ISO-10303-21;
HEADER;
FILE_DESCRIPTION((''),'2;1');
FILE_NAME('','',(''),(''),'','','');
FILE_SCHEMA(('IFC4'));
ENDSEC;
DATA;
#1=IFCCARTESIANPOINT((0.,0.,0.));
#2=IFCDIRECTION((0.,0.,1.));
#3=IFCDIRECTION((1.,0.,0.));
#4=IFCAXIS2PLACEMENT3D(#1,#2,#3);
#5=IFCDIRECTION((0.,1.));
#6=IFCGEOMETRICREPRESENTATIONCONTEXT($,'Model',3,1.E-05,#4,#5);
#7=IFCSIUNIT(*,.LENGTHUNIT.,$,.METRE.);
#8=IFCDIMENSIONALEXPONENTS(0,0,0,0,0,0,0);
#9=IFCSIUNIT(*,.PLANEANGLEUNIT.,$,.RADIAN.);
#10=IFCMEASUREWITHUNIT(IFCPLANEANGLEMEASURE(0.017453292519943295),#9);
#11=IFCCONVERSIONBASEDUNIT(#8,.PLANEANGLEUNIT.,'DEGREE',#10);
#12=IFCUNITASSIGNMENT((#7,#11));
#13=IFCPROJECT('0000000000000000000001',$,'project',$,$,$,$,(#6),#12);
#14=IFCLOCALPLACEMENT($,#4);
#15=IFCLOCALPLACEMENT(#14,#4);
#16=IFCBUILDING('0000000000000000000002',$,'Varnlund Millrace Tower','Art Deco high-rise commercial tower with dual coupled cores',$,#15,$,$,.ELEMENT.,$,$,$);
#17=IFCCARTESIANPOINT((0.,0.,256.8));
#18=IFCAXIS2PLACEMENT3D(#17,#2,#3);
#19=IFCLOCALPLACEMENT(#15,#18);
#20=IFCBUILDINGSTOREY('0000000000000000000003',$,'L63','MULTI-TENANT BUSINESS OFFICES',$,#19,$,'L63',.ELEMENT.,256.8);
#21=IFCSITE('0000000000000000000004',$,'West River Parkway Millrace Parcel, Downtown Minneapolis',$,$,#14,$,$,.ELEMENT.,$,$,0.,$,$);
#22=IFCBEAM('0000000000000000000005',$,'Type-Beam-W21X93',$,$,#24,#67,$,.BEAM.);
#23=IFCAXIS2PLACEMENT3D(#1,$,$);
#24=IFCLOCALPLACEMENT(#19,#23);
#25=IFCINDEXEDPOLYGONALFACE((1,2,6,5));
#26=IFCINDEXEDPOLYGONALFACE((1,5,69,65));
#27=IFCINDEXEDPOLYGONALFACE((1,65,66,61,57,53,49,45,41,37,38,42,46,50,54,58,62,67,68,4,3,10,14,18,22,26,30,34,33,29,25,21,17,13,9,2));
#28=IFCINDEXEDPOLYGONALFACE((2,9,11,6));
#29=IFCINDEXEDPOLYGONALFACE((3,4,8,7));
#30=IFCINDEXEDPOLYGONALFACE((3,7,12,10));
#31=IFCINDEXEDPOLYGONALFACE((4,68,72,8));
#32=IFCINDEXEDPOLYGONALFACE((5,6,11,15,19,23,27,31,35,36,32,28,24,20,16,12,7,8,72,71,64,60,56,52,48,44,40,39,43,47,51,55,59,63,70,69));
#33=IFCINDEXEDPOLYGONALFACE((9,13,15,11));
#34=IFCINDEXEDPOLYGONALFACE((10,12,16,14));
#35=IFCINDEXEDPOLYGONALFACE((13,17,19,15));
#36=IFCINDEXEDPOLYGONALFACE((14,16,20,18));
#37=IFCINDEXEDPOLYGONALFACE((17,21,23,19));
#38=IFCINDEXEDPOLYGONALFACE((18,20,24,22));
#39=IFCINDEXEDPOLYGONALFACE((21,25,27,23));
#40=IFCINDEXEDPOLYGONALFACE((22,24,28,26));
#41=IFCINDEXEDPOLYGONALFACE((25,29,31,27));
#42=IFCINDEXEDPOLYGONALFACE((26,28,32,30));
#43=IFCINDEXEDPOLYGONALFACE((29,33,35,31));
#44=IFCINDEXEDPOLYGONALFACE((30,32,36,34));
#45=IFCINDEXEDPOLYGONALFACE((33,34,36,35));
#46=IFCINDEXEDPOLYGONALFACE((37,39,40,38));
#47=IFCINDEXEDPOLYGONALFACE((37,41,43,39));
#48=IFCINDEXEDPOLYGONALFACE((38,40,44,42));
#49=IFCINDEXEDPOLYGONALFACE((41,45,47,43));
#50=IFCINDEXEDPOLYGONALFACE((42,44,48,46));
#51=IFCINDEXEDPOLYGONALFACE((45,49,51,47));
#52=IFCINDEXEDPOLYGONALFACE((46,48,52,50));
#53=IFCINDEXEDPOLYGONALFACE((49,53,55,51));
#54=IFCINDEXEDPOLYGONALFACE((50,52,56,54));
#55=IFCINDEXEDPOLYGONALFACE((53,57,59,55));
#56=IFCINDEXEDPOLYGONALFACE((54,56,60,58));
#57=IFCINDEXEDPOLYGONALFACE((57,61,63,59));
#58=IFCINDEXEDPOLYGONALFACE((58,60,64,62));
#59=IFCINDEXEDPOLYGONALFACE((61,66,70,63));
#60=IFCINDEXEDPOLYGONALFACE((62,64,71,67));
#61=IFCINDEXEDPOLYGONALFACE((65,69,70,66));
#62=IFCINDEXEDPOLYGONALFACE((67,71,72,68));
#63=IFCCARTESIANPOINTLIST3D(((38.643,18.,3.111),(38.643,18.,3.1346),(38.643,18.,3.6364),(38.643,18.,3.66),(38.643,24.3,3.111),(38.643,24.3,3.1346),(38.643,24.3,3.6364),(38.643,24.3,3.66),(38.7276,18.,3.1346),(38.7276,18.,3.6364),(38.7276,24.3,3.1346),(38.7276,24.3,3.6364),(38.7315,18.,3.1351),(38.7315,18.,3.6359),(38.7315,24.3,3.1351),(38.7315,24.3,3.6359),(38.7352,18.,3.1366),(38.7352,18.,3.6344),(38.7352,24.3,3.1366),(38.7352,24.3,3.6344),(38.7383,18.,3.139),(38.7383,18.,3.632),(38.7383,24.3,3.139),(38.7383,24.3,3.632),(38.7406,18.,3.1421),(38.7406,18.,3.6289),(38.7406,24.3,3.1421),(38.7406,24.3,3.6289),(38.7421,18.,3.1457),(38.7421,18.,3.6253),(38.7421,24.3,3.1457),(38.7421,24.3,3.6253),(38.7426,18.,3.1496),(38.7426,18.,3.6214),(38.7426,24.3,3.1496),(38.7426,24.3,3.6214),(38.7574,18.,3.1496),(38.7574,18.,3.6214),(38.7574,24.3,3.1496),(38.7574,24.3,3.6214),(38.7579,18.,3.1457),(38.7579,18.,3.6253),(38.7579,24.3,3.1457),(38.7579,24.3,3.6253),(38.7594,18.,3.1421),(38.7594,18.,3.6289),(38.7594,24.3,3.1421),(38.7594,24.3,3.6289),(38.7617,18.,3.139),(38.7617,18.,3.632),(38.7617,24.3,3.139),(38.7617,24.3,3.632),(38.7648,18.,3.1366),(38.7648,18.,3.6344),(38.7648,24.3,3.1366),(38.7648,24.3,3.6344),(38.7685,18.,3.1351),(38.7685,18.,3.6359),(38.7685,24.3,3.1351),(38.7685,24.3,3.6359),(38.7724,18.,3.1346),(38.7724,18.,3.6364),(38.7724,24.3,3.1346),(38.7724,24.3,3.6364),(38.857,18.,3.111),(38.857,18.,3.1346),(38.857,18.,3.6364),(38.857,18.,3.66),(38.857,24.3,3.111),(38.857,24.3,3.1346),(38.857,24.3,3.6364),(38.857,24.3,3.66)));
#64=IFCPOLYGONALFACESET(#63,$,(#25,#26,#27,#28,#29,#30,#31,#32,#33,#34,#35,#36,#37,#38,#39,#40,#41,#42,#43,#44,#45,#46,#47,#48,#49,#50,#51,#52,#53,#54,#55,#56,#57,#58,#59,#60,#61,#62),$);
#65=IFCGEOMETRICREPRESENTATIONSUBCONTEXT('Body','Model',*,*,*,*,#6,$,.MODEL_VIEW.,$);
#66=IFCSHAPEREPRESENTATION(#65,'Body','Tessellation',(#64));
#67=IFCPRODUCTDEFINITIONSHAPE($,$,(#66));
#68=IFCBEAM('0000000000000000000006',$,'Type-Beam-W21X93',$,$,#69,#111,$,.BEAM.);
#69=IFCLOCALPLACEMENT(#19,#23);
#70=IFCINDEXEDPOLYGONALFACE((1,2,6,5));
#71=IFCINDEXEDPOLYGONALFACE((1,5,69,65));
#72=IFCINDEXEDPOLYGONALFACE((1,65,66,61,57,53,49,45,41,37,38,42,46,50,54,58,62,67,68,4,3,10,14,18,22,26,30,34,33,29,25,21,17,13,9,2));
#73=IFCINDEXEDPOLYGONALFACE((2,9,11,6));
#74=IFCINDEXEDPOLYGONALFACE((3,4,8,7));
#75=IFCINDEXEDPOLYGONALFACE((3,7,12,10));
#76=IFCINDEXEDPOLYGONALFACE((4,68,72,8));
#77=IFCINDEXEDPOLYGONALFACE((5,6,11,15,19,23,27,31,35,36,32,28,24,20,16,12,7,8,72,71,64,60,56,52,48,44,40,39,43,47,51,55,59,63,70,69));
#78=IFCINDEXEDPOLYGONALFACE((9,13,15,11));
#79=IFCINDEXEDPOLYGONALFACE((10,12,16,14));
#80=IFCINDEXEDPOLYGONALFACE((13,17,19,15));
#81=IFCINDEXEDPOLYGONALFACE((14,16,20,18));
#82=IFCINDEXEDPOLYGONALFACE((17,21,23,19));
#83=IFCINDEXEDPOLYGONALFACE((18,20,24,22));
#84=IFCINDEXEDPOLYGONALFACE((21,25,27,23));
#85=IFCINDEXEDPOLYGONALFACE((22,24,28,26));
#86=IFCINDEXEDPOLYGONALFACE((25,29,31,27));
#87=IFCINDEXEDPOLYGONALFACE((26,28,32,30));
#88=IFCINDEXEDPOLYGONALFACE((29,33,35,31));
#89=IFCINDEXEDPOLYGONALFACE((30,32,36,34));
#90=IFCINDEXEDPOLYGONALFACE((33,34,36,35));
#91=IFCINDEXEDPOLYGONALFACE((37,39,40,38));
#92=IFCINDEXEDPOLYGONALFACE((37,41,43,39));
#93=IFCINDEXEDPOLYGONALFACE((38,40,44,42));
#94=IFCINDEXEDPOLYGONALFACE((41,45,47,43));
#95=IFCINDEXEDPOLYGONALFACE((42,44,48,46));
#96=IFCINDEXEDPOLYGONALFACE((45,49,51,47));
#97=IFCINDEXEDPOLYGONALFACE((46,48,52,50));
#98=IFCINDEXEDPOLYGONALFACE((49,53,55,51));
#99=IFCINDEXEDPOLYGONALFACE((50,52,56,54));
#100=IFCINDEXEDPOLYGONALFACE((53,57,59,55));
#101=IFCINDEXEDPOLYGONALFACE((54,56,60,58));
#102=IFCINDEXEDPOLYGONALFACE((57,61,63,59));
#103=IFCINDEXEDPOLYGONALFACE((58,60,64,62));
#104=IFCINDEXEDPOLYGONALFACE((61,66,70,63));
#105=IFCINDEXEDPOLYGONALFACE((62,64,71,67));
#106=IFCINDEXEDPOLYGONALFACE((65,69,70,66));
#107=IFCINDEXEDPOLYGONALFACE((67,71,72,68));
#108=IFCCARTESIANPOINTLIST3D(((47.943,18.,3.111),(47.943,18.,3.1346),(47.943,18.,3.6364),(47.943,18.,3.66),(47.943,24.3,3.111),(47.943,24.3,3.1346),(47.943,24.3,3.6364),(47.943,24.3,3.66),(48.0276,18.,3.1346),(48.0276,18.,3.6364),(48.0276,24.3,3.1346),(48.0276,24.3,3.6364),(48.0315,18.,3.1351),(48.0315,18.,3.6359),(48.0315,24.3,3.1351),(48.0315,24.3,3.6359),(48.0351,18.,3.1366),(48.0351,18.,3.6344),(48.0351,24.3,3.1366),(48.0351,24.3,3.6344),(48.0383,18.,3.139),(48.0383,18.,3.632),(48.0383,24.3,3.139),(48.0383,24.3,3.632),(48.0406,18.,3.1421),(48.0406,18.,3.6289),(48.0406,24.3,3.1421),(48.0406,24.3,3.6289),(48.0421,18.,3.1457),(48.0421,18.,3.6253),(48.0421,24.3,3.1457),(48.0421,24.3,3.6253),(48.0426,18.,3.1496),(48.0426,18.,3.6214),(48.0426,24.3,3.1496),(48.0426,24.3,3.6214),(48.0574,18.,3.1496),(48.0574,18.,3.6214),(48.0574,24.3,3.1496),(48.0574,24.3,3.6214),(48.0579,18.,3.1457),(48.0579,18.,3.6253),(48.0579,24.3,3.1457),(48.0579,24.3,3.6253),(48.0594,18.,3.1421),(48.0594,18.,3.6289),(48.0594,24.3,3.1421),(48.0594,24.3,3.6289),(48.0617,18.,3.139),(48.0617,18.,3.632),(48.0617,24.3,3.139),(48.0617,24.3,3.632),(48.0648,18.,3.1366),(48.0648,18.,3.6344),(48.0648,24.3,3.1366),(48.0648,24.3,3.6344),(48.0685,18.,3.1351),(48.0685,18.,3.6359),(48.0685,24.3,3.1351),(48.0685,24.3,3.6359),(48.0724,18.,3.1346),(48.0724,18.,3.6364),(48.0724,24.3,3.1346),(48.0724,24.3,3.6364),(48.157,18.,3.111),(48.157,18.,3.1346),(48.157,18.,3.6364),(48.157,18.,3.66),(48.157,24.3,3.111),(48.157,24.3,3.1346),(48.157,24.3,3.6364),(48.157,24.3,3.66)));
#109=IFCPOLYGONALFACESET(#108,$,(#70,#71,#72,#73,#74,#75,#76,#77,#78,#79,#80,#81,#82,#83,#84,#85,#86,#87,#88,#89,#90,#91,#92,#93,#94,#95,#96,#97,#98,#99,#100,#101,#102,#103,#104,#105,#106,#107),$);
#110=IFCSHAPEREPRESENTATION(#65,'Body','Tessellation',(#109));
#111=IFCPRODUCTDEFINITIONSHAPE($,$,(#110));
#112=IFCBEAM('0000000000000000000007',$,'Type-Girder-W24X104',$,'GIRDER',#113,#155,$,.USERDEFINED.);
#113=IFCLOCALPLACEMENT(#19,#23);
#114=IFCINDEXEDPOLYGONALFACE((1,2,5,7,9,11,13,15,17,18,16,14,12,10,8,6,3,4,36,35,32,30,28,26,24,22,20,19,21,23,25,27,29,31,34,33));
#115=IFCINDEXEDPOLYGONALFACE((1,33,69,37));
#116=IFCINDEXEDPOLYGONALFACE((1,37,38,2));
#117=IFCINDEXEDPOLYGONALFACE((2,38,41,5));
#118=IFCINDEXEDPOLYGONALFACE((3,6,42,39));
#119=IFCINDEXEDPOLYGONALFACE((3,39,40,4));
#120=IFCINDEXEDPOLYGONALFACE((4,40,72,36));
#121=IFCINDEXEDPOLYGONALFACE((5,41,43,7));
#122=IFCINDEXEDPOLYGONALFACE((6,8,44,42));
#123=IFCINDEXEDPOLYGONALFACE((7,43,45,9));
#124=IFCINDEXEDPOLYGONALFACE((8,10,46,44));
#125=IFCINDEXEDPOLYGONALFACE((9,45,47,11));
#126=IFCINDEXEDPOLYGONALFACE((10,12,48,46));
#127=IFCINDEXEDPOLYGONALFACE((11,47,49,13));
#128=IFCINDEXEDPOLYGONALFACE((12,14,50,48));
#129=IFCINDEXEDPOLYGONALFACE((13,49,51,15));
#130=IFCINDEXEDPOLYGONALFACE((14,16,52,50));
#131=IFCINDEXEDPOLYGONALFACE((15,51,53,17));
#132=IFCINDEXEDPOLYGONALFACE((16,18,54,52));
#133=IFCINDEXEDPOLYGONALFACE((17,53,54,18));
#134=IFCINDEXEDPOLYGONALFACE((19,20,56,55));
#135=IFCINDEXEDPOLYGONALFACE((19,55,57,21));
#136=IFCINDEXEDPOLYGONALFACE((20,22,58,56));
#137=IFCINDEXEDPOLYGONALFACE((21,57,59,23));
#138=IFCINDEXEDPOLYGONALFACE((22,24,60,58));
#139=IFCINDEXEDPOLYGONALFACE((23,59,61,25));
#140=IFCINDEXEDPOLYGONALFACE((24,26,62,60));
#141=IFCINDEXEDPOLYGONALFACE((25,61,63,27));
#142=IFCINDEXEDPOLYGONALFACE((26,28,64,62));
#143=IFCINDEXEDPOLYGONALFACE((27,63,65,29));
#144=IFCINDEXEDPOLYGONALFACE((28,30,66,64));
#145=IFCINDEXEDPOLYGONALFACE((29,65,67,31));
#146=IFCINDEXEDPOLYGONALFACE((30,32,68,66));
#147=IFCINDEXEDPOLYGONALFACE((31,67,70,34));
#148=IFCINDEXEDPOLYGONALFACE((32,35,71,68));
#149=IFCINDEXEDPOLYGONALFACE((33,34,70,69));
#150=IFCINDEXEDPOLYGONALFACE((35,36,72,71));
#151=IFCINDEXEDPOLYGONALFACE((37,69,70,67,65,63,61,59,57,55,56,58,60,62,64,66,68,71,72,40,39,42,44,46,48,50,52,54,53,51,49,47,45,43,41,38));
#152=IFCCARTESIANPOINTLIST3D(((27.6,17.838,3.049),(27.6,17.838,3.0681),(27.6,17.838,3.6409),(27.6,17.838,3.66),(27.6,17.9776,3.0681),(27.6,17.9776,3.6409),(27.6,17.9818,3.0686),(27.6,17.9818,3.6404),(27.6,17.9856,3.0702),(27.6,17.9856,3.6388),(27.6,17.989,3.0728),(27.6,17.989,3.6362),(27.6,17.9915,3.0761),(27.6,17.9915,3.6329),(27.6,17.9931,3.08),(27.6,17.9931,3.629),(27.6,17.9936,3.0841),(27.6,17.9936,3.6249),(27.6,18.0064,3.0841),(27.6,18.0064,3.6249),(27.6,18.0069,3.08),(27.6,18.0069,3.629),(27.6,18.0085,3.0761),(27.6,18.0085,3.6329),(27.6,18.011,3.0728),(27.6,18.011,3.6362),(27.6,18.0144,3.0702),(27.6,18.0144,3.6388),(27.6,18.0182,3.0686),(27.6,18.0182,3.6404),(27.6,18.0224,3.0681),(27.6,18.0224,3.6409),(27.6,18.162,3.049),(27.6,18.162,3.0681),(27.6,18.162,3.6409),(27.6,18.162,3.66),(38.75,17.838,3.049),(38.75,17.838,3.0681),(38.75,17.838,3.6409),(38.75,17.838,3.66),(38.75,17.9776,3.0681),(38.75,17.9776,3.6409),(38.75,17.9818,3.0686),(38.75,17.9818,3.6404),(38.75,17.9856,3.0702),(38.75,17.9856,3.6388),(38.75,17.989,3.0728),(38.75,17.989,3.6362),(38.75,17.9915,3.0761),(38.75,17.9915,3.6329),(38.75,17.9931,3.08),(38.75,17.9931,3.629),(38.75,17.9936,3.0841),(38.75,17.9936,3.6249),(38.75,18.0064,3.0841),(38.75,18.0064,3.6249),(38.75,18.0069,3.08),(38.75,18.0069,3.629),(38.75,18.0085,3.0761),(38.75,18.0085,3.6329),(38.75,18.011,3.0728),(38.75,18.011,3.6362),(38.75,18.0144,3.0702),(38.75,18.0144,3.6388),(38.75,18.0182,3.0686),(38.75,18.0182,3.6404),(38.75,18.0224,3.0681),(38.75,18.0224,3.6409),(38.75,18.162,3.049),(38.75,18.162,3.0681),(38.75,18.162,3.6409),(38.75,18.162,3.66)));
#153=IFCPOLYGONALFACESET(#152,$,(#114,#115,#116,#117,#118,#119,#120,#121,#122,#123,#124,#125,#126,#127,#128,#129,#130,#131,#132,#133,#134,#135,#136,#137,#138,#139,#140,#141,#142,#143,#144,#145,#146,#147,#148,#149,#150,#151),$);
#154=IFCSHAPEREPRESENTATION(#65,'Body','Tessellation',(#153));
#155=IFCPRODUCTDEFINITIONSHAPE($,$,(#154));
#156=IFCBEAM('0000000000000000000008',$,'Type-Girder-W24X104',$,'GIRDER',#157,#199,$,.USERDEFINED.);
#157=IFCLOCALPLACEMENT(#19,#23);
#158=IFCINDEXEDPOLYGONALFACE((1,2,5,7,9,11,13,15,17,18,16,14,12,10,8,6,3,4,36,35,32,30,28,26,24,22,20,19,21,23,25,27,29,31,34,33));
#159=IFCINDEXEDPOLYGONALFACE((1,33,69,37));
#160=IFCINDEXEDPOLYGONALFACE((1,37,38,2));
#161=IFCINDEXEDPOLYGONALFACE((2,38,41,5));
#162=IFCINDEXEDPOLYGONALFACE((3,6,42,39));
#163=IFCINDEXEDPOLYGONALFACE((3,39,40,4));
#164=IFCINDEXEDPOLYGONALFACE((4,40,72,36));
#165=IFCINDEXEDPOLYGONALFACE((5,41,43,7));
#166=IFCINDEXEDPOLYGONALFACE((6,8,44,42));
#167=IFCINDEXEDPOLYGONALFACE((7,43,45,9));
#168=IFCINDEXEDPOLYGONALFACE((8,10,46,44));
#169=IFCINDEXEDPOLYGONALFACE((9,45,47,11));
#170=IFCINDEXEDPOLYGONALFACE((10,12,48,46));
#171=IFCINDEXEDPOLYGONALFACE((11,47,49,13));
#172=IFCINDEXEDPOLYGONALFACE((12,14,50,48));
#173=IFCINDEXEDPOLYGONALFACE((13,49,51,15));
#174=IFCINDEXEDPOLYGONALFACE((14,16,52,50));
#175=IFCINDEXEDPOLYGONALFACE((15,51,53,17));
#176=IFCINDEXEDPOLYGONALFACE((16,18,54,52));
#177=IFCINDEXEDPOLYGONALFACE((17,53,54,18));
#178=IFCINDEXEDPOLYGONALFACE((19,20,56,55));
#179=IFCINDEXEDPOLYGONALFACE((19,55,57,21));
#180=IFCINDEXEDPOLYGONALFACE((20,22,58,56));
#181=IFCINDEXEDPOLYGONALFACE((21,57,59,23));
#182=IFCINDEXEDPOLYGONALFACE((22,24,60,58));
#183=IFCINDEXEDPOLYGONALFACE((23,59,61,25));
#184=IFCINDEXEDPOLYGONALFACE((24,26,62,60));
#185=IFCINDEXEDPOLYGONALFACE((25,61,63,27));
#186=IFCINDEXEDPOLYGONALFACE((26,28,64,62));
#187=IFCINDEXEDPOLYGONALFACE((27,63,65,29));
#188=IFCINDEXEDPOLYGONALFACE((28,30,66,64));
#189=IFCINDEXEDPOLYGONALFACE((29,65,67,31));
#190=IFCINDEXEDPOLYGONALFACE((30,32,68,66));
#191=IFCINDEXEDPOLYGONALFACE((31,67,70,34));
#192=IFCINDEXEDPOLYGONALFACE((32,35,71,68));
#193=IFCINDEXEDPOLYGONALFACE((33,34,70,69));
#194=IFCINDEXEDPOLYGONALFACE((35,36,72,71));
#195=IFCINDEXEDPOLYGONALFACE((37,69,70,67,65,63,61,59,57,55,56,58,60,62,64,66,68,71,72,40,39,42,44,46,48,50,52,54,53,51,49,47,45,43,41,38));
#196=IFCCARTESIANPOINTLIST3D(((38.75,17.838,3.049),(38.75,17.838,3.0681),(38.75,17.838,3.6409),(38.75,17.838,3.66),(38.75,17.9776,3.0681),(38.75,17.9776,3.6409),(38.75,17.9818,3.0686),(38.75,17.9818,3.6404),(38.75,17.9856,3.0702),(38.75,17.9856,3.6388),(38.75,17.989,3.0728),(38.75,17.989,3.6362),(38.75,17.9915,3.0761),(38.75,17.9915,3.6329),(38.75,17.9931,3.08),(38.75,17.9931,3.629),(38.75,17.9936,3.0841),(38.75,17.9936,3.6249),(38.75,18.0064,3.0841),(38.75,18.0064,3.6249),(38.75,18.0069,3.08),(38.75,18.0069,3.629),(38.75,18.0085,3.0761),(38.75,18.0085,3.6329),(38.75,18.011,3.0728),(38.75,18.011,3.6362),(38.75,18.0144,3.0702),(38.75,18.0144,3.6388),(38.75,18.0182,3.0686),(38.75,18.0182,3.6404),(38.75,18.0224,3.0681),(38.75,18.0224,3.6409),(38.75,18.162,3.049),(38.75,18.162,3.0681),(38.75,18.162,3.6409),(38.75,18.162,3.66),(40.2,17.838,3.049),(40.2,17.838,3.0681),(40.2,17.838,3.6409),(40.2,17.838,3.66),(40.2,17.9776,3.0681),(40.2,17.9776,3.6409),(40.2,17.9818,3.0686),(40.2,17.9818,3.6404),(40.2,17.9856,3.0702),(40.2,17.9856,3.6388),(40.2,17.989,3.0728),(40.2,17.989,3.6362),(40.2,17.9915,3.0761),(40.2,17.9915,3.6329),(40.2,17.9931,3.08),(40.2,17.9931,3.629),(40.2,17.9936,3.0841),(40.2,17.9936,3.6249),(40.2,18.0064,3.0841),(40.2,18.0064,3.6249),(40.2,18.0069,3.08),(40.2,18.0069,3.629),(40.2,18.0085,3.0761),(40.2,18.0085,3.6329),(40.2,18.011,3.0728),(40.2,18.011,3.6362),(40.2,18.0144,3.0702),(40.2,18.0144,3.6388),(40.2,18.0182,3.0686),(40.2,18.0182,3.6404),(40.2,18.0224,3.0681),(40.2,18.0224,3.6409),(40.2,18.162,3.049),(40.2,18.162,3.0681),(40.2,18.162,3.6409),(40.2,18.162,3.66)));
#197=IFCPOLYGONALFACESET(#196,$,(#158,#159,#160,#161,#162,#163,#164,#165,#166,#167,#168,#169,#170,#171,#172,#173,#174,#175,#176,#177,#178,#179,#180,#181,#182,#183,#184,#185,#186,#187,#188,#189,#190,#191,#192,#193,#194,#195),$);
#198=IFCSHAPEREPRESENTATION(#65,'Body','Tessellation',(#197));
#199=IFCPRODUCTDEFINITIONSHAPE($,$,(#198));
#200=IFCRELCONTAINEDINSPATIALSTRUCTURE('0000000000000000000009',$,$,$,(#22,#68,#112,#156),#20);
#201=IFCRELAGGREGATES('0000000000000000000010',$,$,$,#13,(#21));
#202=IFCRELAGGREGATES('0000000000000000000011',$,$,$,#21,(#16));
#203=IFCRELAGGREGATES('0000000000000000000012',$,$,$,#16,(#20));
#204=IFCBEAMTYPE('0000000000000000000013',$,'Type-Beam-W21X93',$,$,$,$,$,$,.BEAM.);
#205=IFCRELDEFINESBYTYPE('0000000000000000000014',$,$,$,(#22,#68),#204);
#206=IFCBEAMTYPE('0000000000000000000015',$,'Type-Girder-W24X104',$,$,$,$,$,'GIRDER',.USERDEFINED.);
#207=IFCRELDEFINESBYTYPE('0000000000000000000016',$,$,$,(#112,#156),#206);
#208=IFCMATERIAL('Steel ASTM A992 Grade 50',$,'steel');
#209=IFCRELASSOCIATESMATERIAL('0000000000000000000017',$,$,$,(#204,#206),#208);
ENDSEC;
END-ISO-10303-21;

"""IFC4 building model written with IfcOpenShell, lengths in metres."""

from ifc_helpers import new_model, entity, si_unit, converted_unit, direction, frame, origin_with_axes, origin_2d_with_axis, place, context, subcontext, project, spatial, i_section, extrude, material, material_profile, profile_set, type_object, element, save


model = new_model("IFC4")

# Units and contexts
model_context = context("Model", 3, precision=1e-05, world=origin_with_axes(), true_north=direction((0.0, 1.0)))
body_context = subcontext(model_context, "Body", "Model", "MODEL_VIEW")
ifc_project = project(units=[si_unit("LENGTHUNIT", "METRE"), converted_unit("PLANEANGLEUNIT", "DEGREE", entity("IfcPlaneAngleMeasure", 0.017453292519943295), si_unit("PLANEANGLEUNIT", "RADIAN"), dimensions=[0, 0, 0, 0, 0, 0, 0])], contexts=[model_context])

# Site, building, storey
site_placement = place(None, origin_with_axes())
site = spatial("IfcSite", under=ifc_project, at=site_placement, Name="West River Parkway Millrace Parcel, Downtown Minneapolis", CompositionType="ELEMENT", RefElevation=0.0)
building_placement = place(site_placement, origin_with_axes())
building = spatial("IfcBuilding", under=site, at=building_placement, Name="Varnlund Millrace Tower", Description="Art Deco high-rise commercial tower with dual coupled cores", CompositionType="ELEMENT")
storey_placement = place(building_placement, frame((0.0, 0.0, 256.8), z_axis=(0.0, 0.0, 1.0), x_axis=(1.0, 0.0, 0.0)))
storey = spatial("IfcBuildingStorey", under=building, at=storey_placement, Name="L63", Description="MULTI-TENANT BUSINESS OFFICES", LongName="L63", CompositionType="ELEMENT", Elevation=256.8)

# Beams
ifc_material_1 = material(Name="Steel ASTM A992 Grade 50", Category="steel")
ifc_material_profile_1 = material_profile(ifc_material_1, i_section(OverallWidth=0.214, OverallDepth=0.549, WebThickness=0.0147, FlangeThickness=0.0236, FilletRadius=0.015, at=origin_2d_with_axis()), Name="Steel ASTM A992 Grade 50")
ifc_profile_set_1 = profile_set([ifc_material_profile_1], Name="Steel ASTM A992 Grade 50")
beam_type_1 = type_object("IfcBeamType", Name="Type-Beam-W21X93", PredefinedType="BEAM", material=ifc_profile_set_1)
for number, where, z_axis, x_axis, name in (
    (1, (38.75, 18.0, 3.3855), (0.0, 1.0, 0.0), (-1.0, 0.0, 0.0), "Type-Beam-W21X93"),
    (2, (48.05, 18.0, 3.3855), (0.0, 1.0, 0.0), (-1.0, 0.0, 0.0), "Type-Beam-W21X93"),
):
    element("IfcBeam", number, at=place(storey_placement, frame(where, z_axis=z_axis, x_axis=x_axis)), inside=storey, type_object=beam_type_1, Name=name, PredefinedType="BEAM", context=body_context, shape_type="SweptSolid", body=[
        extrude(i_section(OverallWidth=0.214, OverallDepth=0.549, WebThickness=0.0147, FlangeThickness=0.0236, FilletRadius=0.015, at=origin_2d_with_axis()), origin_with_axes(), (0.0, 0.0, 1.0), 6.3),
    ])
ifc_material_profile_2 = material_profile(ifc_material_1, i_section(OverallWidth=0.324, OverallDepth=0.611, WebThickness=0.0127, FlangeThickness=0.0191, FilletRadius=0.016, at=origin_2d_with_axis()), Name="Steel ASTM A992 Grade 50")
ifc_profile_set_2 = profile_set([ifc_material_profile_2], Name="Steel ASTM A992 Grade 50")
beam_type_2 = type_object("IfcBeamType", Name="Type-Girder-W24X104", ElementType="GIRDER", PredefinedType="USERDEFINED", material=ifc_profile_set_2)
beam_1_placement = place(storey_placement, frame((27.6, 18.0, 3.3545), z_axis=(1.0, 0.0, 0.0), x_axis=(0.0, 1.0, 0.0)))
element("IfcBeam", 3, at=beam_1_placement, inside=storey, type_object=beam_type_2, Name="Type-Girder-W24X104", ObjectType="GIRDER", PredefinedType="USERDEFINED", context=body_context, shape_type="SweptSolid", body=[
    extrude(i_section(OverallWidth=0.324, OverallDepth=0.611, WebThickness=0.0127, FlangeThickness=0.0191, FilletRadius=0.016, at=origin_2d_with_axis()), origin_with_axes(), (0.0, 0.0, 1.0), 11.15),
])
beam_2_placement = place(storey_placement, frame((38.75, 18.0, 3.3545), z_axis=(1.0, 0.0, 0.0), x_axis=(0.0, 1.0, 0.0)))
element("IfcBeam", 4, at=beam_2_placement, inside=storey, type_object=beam_type_2, Name="Type-Girder-W24X104", ObjectType="GIRDER", PredefinedType="USERDEFINED", context=body_context, shape_type="SweptSolid", body=[
    extrude(i_section(OverallWidth=0.324, OverallDepth=0.611, WebThickness=0.0127, FlangeThickness=0.0191, FilletRadius=0.016, at=origin_2d_with_axis()), origin_with_axes(), (0.0, 0.0, 1.0), 1.45),
])

save(model, "model.ifc")
